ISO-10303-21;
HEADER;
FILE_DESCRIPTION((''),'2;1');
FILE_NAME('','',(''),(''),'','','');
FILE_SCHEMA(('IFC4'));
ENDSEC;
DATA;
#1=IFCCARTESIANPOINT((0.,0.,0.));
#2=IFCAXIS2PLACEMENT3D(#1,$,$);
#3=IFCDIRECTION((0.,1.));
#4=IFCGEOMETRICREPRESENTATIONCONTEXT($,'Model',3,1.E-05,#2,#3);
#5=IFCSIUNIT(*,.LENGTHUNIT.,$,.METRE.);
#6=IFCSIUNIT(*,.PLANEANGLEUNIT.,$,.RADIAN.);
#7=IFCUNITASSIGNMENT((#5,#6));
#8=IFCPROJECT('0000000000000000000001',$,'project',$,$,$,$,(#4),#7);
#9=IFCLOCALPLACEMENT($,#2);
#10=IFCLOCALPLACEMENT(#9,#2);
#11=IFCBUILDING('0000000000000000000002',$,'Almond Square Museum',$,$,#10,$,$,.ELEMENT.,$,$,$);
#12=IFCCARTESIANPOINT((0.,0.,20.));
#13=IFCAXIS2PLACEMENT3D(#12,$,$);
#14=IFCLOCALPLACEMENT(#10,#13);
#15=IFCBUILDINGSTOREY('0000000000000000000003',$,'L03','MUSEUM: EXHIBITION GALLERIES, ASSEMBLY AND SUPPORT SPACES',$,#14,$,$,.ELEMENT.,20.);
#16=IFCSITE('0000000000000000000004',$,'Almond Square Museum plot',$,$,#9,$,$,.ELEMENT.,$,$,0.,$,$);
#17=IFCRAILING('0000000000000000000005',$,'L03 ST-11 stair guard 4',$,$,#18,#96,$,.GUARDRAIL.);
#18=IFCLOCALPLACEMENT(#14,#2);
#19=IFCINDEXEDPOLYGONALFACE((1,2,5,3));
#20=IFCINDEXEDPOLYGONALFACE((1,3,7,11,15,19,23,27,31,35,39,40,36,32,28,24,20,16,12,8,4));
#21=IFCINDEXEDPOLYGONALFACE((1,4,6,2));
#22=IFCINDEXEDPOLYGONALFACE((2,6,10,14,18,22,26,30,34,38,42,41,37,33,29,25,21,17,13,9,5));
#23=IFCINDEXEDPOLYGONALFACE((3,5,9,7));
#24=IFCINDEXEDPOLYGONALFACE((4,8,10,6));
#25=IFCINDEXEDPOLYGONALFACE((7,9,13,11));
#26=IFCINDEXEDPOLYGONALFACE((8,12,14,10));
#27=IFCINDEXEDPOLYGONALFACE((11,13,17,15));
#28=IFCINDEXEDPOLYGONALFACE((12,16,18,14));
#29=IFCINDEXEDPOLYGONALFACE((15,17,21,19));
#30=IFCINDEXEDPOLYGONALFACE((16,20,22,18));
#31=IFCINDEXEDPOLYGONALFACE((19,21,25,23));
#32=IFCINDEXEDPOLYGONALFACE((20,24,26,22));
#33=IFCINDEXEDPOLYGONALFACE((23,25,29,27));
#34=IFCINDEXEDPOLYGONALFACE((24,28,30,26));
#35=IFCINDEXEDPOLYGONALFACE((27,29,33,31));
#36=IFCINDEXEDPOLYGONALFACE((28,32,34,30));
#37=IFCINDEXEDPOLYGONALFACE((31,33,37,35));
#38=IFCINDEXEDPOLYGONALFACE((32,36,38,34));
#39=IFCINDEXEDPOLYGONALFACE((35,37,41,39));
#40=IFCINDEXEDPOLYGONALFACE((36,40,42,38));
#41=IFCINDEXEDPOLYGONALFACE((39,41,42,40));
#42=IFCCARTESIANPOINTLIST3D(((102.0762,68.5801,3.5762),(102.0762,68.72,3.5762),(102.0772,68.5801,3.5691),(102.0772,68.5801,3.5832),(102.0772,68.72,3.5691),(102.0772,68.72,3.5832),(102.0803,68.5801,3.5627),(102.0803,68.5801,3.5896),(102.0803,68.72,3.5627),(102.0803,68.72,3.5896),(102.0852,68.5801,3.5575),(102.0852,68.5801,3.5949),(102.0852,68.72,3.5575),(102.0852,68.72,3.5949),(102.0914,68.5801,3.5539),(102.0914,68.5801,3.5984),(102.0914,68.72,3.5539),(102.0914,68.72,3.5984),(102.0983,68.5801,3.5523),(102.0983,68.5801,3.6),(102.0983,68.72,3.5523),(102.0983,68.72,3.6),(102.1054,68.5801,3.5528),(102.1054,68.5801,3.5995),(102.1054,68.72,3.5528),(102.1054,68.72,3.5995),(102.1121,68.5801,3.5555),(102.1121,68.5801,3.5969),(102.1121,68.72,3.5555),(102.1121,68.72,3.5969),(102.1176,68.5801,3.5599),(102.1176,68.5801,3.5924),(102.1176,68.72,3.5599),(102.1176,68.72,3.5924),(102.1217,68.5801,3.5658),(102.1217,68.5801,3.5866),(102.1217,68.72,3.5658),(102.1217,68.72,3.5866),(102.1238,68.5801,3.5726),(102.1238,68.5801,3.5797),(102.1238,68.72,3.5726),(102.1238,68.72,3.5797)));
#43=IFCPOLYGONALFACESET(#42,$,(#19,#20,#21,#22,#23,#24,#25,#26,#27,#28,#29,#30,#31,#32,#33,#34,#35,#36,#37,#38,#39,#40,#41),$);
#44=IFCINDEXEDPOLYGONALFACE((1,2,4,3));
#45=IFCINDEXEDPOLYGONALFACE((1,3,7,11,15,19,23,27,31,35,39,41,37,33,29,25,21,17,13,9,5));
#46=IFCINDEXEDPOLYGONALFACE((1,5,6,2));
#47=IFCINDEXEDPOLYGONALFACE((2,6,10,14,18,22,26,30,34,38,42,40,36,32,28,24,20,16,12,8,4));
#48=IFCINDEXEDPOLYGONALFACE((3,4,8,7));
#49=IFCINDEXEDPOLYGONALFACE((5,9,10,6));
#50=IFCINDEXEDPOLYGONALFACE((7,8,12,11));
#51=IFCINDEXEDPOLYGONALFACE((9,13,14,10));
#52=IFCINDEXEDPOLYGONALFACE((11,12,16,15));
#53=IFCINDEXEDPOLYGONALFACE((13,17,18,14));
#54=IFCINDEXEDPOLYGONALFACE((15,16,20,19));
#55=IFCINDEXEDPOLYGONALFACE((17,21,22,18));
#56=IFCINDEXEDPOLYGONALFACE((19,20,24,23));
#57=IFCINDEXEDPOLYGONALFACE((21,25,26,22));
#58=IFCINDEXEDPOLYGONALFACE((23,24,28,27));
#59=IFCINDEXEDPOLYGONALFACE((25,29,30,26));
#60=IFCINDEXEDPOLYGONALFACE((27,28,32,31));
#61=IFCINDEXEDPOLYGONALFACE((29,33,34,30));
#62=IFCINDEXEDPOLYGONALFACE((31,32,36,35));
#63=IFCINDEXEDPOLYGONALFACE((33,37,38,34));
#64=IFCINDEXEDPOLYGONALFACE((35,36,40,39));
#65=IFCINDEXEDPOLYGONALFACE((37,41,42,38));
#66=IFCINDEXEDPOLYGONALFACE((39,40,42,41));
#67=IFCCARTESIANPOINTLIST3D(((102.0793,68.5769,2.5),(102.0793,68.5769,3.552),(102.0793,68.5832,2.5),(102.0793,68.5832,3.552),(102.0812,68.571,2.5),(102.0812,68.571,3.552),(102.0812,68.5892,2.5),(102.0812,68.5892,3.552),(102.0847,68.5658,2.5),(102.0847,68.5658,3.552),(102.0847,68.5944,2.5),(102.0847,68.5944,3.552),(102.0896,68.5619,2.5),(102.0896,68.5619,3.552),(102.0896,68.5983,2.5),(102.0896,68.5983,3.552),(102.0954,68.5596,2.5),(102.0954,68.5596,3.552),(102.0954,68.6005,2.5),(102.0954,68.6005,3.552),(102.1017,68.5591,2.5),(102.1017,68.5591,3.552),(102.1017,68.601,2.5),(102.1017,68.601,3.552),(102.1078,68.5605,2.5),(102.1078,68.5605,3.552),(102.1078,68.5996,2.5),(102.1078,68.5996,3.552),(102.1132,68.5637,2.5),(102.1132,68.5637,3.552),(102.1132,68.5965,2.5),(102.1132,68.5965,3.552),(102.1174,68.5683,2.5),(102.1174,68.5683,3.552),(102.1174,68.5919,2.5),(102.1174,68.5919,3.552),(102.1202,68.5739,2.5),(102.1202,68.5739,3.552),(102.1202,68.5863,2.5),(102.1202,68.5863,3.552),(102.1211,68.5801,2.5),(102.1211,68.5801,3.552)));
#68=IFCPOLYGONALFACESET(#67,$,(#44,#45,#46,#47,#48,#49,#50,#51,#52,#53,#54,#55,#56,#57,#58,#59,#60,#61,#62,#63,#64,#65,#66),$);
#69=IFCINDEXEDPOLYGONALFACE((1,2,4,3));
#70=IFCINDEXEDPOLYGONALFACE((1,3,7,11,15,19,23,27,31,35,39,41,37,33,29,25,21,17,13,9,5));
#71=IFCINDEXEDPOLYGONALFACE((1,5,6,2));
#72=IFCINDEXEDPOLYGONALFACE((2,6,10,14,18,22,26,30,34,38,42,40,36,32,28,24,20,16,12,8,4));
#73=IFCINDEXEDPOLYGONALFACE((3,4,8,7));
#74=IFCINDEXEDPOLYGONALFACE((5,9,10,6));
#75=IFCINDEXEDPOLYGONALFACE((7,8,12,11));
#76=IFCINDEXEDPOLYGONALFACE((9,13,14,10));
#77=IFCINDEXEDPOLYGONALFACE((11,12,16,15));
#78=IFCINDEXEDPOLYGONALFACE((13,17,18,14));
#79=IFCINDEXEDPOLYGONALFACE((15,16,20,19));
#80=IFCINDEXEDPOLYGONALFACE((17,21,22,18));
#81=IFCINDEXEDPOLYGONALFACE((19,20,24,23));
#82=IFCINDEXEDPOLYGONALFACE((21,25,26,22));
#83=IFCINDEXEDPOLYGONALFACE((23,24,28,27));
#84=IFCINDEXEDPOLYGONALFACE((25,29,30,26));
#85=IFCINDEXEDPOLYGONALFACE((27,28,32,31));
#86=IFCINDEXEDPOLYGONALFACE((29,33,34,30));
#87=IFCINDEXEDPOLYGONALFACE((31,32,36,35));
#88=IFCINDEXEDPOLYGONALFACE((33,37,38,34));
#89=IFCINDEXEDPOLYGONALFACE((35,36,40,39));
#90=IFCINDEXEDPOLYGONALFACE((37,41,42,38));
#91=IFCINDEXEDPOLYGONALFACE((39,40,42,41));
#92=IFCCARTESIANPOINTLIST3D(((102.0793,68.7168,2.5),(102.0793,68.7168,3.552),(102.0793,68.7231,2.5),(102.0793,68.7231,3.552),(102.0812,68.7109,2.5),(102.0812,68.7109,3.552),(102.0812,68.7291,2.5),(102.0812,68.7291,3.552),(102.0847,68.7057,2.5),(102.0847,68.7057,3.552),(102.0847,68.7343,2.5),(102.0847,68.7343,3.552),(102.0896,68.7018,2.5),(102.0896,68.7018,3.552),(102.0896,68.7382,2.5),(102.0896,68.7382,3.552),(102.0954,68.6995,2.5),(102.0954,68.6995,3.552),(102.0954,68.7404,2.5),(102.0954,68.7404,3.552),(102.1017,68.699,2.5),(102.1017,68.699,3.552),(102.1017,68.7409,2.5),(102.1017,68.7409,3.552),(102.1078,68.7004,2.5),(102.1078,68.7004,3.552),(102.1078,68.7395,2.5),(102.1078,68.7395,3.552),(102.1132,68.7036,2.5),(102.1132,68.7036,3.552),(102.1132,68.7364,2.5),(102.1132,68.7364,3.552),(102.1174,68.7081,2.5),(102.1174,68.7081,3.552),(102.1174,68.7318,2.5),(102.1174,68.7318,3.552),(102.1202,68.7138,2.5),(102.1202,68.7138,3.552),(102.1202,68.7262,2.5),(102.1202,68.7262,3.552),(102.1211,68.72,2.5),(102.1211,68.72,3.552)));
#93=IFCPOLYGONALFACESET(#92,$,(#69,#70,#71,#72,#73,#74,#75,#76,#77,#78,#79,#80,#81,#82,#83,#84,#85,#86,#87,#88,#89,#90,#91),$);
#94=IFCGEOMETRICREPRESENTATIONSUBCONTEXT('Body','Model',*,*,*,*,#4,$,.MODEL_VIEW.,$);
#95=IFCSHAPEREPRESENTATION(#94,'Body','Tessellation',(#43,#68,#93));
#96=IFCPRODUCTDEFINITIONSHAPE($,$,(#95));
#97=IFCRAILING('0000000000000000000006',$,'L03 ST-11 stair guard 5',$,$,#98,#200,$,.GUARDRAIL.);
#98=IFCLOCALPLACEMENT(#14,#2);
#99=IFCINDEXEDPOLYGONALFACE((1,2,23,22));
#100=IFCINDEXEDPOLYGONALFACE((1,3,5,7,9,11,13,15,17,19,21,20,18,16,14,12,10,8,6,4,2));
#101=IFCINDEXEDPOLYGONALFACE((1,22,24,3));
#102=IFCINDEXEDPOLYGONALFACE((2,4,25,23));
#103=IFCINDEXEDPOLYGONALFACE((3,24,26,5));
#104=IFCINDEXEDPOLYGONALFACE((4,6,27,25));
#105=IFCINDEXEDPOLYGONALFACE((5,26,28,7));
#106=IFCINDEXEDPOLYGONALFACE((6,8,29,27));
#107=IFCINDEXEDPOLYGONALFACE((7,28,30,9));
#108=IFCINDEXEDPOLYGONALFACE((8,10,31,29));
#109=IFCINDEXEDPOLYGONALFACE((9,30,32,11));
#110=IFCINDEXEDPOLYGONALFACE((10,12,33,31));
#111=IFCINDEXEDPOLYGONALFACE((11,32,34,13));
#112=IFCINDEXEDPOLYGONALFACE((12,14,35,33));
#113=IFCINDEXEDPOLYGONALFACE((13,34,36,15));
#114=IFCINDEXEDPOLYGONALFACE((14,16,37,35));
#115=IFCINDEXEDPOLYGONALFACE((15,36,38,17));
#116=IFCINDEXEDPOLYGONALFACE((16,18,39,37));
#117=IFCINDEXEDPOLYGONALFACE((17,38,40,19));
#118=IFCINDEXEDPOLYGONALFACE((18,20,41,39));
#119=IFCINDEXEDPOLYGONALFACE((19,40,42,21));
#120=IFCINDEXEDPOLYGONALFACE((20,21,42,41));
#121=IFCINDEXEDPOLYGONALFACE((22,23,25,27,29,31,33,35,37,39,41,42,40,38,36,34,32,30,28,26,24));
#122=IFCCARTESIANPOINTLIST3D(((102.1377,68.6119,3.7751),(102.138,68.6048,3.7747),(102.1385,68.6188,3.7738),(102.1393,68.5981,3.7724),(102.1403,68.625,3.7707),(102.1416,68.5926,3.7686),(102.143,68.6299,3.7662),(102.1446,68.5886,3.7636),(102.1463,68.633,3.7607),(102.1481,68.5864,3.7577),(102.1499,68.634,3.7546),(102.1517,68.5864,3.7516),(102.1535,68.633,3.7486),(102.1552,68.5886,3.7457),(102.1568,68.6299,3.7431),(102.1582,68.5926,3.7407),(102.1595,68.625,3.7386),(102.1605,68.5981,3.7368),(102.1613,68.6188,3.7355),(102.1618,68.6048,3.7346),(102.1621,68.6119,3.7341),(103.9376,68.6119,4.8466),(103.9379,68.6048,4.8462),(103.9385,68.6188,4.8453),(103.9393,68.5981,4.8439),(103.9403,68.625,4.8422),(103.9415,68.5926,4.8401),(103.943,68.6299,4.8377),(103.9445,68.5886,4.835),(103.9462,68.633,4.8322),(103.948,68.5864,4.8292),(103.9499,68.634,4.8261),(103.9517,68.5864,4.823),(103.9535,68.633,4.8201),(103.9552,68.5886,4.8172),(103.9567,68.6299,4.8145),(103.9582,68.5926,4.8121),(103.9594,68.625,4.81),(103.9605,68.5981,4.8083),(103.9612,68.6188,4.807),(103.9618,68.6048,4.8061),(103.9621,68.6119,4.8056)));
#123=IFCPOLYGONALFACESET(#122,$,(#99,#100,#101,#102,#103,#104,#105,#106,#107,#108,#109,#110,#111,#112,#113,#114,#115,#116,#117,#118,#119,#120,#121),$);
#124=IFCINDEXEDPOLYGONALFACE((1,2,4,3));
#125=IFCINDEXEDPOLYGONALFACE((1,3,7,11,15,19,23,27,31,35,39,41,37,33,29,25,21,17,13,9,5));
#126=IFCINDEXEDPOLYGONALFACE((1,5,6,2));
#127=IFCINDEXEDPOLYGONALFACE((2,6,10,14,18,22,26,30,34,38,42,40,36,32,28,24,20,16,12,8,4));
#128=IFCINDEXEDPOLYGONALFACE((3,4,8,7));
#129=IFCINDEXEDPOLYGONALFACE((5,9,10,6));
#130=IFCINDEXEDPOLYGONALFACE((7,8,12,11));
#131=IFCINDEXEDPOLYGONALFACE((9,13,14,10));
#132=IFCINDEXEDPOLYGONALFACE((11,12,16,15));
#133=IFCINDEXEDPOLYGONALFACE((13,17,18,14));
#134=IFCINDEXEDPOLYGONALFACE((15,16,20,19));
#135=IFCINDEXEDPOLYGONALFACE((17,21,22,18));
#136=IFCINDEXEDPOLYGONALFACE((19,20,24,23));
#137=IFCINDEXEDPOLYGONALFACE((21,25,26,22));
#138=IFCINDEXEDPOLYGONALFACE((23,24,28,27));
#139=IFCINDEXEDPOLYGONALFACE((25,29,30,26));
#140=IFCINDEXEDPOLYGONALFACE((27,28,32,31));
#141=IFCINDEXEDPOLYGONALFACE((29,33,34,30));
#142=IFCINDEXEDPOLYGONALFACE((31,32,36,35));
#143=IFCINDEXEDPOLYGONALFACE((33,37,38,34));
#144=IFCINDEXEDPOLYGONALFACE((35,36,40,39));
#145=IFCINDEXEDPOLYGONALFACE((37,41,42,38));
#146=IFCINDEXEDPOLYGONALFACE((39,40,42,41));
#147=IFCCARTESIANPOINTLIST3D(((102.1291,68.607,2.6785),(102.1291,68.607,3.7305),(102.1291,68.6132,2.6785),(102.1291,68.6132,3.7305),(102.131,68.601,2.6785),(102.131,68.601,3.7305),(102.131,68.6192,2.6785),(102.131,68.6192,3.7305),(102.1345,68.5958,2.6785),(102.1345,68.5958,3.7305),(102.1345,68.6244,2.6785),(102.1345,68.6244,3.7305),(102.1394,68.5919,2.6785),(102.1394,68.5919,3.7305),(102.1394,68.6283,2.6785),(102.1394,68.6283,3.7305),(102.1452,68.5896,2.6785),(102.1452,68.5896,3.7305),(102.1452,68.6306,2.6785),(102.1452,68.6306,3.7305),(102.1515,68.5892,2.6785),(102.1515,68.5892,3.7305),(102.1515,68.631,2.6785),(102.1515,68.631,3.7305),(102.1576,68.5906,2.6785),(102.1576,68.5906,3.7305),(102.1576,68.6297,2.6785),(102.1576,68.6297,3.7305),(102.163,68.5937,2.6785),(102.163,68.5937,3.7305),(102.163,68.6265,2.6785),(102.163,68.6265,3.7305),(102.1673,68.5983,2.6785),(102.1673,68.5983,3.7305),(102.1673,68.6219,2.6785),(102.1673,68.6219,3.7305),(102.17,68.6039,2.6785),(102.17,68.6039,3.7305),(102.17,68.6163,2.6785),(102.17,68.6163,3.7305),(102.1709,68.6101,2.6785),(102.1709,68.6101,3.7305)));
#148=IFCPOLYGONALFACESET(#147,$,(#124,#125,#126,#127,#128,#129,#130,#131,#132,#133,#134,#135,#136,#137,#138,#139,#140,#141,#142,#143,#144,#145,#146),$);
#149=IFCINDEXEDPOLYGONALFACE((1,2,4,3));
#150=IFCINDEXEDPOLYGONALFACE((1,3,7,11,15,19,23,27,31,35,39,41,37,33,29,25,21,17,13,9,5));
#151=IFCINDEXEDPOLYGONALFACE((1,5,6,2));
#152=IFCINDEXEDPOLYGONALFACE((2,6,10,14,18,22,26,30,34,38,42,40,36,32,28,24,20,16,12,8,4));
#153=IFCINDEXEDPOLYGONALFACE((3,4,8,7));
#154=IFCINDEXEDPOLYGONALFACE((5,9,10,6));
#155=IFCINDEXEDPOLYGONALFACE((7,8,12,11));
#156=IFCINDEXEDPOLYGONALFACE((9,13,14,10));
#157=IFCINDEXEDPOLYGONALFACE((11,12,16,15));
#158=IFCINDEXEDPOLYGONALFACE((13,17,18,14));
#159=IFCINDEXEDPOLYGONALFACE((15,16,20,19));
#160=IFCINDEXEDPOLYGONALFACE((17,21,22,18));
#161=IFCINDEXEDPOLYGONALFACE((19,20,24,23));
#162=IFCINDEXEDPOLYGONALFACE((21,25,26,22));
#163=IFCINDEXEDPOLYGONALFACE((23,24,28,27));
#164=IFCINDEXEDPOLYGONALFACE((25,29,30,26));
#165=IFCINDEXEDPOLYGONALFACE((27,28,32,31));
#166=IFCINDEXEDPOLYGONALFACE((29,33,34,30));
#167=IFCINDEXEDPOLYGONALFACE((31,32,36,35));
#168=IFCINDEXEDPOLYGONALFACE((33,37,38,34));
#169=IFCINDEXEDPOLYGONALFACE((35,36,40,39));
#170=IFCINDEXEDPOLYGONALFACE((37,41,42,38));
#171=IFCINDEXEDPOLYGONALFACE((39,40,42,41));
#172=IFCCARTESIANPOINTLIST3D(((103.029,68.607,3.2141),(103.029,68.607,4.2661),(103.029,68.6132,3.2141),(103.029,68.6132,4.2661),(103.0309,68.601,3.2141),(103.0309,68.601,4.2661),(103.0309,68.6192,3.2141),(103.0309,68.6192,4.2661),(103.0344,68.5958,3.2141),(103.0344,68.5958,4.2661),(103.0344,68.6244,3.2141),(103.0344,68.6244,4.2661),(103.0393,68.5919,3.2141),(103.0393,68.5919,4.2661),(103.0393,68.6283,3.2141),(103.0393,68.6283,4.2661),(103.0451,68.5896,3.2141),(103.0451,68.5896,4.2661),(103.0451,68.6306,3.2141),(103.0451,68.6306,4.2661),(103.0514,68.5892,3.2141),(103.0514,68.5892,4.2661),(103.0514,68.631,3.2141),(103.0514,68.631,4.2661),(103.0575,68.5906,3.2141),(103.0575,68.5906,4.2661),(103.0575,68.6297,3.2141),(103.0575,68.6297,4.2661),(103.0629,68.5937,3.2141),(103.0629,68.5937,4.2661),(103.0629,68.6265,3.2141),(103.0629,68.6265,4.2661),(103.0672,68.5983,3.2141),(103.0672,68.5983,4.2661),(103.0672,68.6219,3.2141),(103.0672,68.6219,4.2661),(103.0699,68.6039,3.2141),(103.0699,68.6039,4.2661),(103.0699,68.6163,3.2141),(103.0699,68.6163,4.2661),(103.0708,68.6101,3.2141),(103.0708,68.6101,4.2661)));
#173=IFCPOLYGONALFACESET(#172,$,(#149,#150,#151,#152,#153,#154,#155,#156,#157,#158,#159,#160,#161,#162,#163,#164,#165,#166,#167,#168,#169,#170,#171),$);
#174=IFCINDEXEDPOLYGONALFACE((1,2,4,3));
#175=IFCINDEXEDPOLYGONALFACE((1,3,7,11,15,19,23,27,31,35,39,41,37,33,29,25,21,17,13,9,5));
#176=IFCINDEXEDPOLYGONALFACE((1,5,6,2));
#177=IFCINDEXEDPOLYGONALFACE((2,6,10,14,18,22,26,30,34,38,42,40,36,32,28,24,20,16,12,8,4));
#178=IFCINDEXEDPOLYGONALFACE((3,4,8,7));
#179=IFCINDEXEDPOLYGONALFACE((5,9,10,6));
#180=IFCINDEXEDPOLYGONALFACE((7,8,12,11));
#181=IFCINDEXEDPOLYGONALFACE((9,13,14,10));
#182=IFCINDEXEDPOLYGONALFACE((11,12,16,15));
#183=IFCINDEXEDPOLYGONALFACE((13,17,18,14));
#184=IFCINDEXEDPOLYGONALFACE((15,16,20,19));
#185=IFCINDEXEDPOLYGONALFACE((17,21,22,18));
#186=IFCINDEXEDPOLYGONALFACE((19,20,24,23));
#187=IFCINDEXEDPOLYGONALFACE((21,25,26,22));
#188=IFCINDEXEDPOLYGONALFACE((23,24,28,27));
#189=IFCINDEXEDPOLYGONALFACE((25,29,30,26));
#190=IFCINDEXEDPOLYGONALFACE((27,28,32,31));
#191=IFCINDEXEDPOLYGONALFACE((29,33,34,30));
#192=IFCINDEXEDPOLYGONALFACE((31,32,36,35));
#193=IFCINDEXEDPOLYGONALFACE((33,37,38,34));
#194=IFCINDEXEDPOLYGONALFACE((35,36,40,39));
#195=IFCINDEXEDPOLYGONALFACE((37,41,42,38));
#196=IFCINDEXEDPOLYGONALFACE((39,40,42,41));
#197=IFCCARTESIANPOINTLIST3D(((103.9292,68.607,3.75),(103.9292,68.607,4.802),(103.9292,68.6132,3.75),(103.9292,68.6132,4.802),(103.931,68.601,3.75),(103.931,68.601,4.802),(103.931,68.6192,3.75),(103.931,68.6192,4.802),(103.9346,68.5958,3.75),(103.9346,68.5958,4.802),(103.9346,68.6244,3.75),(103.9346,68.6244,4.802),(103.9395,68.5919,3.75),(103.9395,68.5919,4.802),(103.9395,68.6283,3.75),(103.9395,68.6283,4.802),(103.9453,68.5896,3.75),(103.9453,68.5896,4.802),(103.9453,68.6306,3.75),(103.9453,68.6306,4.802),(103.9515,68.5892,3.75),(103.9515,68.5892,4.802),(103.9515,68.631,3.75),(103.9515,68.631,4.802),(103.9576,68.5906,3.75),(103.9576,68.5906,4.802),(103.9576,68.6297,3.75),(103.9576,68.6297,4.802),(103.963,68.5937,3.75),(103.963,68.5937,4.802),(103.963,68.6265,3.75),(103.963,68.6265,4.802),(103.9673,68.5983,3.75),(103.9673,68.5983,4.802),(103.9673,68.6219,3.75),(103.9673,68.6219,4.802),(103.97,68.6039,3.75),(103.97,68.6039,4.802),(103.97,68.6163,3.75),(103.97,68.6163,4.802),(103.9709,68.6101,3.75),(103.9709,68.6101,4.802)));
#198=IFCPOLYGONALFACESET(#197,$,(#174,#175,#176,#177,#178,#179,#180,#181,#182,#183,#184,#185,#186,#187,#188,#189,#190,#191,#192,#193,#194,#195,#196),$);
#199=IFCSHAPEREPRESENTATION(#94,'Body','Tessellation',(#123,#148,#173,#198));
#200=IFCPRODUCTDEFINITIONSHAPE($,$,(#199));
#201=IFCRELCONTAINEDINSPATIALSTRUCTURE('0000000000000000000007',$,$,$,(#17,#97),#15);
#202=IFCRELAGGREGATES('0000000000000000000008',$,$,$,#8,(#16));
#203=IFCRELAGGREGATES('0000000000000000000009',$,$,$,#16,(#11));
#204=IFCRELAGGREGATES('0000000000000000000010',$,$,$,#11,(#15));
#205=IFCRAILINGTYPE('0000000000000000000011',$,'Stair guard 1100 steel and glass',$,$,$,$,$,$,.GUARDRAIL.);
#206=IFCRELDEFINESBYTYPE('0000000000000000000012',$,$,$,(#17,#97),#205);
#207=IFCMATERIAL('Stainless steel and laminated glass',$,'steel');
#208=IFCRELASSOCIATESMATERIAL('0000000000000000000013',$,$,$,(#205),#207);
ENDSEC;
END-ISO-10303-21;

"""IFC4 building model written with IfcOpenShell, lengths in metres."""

from ifc_helpers import new_model, si_unit, direction, frame, origin, origin_2d, place, context, subcontext, project, spatial, circle, extrude, material, type_object, element, save


model = new_model("IFC4")

# Units and contexts
model_context = context("Model", 3, precision=1e-05, world=origin(), true_north=direction((0.0, 1.0)))
body_context = subcontext(model_context, "Body", "Model", "MODEL_VIEW")
ifc_project = project(units=[si_unit("LENGTHUNIT", "METRE"), si_unit("PLANEANGLEUNIT", "RADIAN")], contexts=[model_context])

# Site, building, storey
site_placement = place(None, origin())
site = spatial("IfcSite", under=ifc_project, at=site_placement, Name="Almond Square Museum plot", CompositionType="ELEMENT", RefElevation=0.0)
building_placement = place(site_placement, origin())
building = spatial("IfcBuilding", under=site, at=building_placement, Name="Almond Square Museum", CompositionType="ELEMENT")
storey_placement = place(building_placement, frame((0.0, 0.0, 20.0)))
storey = spatial("IfcBuildingStorey", under=building, at=storey_placement, Name="L03", Description="MUSEUM: EXHIBITION GALLERIES, ASSEMBLY AND SUPPORT SPACES", CompositionType="ELEMENT", Elevation=20.0)

# Railings
ifc_material_1 = material(Name="Stainless steel and laminated glass", Category="steel")
railing_type_1 = type_object("IfcRailingType", Name="Stair guard 1100 steel and glass", PredefinedType="GUARDRAIL", material=ifc_material_1)
railing_1_placement = place(storey_placement, frame((102.1001, 68.5801, 2.5)))
element("IfcRailing", 1, at=railing_1_placement, inside=storey, type_object=railing_type_1, Name="L03 ST-11 stair guard 4", PredefinedType="GUARDRAIL", context=body_context, shape_type="SweptSolid", body=[
    extrude(circle(Radius=0.0239, at=origin_2d()), frame((0.0, 0.0, 1.0762), z_axis=(0.0, 1.0, 0.0), x_axis=(-1.0, 0.0, 0.0)), (0.0, 0.0, 1.0), 0.1399),
    extrude(circle(Radius=0.021, at=origin_2d()), origin(), (0.0, 0.0, 1.0), 1.052),
    extrude(circle(Radius=0.021, at=origin_2d()), frame((0.0, 0.1399, 0.0)), (0.0, 0.0, 1.0), 1.052),
])
railing_2_placement = place(storey_placement, frame((102.1499, 68.6101, 2.6785)))
element("IfcRailing", 2, at=railing_2_placement, inside=storey, type_object=railing_type_1, Name="L03 ST-11 stair guard 5", PredefinedType="GUARDRAIL", context=body_context, shape_type="SweptSolid", body=[
    extrude(circle(Radius=0.0239, at=origin_2d()), frame((0.0, 0.0, 1.0762), z_axis=(0.859277, 0.0, 0.51151), x_axis=(0.0, 1.0, 0.0)), (0.0, 0.0, 1.0), 2.0947),
    extrude(circle(Radius=0.021, at=origin_2d()), origin(), (0.0, 0.0, 1.0), 1.052),
    extrude(circle(Radius=0.021, at=origin_2d()), frame((0.8999, 0.0, 0.5356)), (0.0, 0.0, 1.0), 1.052),
    extrude(circle(Radius=0.021, at=origin_2d()), frame((1.8, 0.0, 1.0715)), (0.0, 0.0, 1.0), 1.052),
])

save(model, "model.ifc")
